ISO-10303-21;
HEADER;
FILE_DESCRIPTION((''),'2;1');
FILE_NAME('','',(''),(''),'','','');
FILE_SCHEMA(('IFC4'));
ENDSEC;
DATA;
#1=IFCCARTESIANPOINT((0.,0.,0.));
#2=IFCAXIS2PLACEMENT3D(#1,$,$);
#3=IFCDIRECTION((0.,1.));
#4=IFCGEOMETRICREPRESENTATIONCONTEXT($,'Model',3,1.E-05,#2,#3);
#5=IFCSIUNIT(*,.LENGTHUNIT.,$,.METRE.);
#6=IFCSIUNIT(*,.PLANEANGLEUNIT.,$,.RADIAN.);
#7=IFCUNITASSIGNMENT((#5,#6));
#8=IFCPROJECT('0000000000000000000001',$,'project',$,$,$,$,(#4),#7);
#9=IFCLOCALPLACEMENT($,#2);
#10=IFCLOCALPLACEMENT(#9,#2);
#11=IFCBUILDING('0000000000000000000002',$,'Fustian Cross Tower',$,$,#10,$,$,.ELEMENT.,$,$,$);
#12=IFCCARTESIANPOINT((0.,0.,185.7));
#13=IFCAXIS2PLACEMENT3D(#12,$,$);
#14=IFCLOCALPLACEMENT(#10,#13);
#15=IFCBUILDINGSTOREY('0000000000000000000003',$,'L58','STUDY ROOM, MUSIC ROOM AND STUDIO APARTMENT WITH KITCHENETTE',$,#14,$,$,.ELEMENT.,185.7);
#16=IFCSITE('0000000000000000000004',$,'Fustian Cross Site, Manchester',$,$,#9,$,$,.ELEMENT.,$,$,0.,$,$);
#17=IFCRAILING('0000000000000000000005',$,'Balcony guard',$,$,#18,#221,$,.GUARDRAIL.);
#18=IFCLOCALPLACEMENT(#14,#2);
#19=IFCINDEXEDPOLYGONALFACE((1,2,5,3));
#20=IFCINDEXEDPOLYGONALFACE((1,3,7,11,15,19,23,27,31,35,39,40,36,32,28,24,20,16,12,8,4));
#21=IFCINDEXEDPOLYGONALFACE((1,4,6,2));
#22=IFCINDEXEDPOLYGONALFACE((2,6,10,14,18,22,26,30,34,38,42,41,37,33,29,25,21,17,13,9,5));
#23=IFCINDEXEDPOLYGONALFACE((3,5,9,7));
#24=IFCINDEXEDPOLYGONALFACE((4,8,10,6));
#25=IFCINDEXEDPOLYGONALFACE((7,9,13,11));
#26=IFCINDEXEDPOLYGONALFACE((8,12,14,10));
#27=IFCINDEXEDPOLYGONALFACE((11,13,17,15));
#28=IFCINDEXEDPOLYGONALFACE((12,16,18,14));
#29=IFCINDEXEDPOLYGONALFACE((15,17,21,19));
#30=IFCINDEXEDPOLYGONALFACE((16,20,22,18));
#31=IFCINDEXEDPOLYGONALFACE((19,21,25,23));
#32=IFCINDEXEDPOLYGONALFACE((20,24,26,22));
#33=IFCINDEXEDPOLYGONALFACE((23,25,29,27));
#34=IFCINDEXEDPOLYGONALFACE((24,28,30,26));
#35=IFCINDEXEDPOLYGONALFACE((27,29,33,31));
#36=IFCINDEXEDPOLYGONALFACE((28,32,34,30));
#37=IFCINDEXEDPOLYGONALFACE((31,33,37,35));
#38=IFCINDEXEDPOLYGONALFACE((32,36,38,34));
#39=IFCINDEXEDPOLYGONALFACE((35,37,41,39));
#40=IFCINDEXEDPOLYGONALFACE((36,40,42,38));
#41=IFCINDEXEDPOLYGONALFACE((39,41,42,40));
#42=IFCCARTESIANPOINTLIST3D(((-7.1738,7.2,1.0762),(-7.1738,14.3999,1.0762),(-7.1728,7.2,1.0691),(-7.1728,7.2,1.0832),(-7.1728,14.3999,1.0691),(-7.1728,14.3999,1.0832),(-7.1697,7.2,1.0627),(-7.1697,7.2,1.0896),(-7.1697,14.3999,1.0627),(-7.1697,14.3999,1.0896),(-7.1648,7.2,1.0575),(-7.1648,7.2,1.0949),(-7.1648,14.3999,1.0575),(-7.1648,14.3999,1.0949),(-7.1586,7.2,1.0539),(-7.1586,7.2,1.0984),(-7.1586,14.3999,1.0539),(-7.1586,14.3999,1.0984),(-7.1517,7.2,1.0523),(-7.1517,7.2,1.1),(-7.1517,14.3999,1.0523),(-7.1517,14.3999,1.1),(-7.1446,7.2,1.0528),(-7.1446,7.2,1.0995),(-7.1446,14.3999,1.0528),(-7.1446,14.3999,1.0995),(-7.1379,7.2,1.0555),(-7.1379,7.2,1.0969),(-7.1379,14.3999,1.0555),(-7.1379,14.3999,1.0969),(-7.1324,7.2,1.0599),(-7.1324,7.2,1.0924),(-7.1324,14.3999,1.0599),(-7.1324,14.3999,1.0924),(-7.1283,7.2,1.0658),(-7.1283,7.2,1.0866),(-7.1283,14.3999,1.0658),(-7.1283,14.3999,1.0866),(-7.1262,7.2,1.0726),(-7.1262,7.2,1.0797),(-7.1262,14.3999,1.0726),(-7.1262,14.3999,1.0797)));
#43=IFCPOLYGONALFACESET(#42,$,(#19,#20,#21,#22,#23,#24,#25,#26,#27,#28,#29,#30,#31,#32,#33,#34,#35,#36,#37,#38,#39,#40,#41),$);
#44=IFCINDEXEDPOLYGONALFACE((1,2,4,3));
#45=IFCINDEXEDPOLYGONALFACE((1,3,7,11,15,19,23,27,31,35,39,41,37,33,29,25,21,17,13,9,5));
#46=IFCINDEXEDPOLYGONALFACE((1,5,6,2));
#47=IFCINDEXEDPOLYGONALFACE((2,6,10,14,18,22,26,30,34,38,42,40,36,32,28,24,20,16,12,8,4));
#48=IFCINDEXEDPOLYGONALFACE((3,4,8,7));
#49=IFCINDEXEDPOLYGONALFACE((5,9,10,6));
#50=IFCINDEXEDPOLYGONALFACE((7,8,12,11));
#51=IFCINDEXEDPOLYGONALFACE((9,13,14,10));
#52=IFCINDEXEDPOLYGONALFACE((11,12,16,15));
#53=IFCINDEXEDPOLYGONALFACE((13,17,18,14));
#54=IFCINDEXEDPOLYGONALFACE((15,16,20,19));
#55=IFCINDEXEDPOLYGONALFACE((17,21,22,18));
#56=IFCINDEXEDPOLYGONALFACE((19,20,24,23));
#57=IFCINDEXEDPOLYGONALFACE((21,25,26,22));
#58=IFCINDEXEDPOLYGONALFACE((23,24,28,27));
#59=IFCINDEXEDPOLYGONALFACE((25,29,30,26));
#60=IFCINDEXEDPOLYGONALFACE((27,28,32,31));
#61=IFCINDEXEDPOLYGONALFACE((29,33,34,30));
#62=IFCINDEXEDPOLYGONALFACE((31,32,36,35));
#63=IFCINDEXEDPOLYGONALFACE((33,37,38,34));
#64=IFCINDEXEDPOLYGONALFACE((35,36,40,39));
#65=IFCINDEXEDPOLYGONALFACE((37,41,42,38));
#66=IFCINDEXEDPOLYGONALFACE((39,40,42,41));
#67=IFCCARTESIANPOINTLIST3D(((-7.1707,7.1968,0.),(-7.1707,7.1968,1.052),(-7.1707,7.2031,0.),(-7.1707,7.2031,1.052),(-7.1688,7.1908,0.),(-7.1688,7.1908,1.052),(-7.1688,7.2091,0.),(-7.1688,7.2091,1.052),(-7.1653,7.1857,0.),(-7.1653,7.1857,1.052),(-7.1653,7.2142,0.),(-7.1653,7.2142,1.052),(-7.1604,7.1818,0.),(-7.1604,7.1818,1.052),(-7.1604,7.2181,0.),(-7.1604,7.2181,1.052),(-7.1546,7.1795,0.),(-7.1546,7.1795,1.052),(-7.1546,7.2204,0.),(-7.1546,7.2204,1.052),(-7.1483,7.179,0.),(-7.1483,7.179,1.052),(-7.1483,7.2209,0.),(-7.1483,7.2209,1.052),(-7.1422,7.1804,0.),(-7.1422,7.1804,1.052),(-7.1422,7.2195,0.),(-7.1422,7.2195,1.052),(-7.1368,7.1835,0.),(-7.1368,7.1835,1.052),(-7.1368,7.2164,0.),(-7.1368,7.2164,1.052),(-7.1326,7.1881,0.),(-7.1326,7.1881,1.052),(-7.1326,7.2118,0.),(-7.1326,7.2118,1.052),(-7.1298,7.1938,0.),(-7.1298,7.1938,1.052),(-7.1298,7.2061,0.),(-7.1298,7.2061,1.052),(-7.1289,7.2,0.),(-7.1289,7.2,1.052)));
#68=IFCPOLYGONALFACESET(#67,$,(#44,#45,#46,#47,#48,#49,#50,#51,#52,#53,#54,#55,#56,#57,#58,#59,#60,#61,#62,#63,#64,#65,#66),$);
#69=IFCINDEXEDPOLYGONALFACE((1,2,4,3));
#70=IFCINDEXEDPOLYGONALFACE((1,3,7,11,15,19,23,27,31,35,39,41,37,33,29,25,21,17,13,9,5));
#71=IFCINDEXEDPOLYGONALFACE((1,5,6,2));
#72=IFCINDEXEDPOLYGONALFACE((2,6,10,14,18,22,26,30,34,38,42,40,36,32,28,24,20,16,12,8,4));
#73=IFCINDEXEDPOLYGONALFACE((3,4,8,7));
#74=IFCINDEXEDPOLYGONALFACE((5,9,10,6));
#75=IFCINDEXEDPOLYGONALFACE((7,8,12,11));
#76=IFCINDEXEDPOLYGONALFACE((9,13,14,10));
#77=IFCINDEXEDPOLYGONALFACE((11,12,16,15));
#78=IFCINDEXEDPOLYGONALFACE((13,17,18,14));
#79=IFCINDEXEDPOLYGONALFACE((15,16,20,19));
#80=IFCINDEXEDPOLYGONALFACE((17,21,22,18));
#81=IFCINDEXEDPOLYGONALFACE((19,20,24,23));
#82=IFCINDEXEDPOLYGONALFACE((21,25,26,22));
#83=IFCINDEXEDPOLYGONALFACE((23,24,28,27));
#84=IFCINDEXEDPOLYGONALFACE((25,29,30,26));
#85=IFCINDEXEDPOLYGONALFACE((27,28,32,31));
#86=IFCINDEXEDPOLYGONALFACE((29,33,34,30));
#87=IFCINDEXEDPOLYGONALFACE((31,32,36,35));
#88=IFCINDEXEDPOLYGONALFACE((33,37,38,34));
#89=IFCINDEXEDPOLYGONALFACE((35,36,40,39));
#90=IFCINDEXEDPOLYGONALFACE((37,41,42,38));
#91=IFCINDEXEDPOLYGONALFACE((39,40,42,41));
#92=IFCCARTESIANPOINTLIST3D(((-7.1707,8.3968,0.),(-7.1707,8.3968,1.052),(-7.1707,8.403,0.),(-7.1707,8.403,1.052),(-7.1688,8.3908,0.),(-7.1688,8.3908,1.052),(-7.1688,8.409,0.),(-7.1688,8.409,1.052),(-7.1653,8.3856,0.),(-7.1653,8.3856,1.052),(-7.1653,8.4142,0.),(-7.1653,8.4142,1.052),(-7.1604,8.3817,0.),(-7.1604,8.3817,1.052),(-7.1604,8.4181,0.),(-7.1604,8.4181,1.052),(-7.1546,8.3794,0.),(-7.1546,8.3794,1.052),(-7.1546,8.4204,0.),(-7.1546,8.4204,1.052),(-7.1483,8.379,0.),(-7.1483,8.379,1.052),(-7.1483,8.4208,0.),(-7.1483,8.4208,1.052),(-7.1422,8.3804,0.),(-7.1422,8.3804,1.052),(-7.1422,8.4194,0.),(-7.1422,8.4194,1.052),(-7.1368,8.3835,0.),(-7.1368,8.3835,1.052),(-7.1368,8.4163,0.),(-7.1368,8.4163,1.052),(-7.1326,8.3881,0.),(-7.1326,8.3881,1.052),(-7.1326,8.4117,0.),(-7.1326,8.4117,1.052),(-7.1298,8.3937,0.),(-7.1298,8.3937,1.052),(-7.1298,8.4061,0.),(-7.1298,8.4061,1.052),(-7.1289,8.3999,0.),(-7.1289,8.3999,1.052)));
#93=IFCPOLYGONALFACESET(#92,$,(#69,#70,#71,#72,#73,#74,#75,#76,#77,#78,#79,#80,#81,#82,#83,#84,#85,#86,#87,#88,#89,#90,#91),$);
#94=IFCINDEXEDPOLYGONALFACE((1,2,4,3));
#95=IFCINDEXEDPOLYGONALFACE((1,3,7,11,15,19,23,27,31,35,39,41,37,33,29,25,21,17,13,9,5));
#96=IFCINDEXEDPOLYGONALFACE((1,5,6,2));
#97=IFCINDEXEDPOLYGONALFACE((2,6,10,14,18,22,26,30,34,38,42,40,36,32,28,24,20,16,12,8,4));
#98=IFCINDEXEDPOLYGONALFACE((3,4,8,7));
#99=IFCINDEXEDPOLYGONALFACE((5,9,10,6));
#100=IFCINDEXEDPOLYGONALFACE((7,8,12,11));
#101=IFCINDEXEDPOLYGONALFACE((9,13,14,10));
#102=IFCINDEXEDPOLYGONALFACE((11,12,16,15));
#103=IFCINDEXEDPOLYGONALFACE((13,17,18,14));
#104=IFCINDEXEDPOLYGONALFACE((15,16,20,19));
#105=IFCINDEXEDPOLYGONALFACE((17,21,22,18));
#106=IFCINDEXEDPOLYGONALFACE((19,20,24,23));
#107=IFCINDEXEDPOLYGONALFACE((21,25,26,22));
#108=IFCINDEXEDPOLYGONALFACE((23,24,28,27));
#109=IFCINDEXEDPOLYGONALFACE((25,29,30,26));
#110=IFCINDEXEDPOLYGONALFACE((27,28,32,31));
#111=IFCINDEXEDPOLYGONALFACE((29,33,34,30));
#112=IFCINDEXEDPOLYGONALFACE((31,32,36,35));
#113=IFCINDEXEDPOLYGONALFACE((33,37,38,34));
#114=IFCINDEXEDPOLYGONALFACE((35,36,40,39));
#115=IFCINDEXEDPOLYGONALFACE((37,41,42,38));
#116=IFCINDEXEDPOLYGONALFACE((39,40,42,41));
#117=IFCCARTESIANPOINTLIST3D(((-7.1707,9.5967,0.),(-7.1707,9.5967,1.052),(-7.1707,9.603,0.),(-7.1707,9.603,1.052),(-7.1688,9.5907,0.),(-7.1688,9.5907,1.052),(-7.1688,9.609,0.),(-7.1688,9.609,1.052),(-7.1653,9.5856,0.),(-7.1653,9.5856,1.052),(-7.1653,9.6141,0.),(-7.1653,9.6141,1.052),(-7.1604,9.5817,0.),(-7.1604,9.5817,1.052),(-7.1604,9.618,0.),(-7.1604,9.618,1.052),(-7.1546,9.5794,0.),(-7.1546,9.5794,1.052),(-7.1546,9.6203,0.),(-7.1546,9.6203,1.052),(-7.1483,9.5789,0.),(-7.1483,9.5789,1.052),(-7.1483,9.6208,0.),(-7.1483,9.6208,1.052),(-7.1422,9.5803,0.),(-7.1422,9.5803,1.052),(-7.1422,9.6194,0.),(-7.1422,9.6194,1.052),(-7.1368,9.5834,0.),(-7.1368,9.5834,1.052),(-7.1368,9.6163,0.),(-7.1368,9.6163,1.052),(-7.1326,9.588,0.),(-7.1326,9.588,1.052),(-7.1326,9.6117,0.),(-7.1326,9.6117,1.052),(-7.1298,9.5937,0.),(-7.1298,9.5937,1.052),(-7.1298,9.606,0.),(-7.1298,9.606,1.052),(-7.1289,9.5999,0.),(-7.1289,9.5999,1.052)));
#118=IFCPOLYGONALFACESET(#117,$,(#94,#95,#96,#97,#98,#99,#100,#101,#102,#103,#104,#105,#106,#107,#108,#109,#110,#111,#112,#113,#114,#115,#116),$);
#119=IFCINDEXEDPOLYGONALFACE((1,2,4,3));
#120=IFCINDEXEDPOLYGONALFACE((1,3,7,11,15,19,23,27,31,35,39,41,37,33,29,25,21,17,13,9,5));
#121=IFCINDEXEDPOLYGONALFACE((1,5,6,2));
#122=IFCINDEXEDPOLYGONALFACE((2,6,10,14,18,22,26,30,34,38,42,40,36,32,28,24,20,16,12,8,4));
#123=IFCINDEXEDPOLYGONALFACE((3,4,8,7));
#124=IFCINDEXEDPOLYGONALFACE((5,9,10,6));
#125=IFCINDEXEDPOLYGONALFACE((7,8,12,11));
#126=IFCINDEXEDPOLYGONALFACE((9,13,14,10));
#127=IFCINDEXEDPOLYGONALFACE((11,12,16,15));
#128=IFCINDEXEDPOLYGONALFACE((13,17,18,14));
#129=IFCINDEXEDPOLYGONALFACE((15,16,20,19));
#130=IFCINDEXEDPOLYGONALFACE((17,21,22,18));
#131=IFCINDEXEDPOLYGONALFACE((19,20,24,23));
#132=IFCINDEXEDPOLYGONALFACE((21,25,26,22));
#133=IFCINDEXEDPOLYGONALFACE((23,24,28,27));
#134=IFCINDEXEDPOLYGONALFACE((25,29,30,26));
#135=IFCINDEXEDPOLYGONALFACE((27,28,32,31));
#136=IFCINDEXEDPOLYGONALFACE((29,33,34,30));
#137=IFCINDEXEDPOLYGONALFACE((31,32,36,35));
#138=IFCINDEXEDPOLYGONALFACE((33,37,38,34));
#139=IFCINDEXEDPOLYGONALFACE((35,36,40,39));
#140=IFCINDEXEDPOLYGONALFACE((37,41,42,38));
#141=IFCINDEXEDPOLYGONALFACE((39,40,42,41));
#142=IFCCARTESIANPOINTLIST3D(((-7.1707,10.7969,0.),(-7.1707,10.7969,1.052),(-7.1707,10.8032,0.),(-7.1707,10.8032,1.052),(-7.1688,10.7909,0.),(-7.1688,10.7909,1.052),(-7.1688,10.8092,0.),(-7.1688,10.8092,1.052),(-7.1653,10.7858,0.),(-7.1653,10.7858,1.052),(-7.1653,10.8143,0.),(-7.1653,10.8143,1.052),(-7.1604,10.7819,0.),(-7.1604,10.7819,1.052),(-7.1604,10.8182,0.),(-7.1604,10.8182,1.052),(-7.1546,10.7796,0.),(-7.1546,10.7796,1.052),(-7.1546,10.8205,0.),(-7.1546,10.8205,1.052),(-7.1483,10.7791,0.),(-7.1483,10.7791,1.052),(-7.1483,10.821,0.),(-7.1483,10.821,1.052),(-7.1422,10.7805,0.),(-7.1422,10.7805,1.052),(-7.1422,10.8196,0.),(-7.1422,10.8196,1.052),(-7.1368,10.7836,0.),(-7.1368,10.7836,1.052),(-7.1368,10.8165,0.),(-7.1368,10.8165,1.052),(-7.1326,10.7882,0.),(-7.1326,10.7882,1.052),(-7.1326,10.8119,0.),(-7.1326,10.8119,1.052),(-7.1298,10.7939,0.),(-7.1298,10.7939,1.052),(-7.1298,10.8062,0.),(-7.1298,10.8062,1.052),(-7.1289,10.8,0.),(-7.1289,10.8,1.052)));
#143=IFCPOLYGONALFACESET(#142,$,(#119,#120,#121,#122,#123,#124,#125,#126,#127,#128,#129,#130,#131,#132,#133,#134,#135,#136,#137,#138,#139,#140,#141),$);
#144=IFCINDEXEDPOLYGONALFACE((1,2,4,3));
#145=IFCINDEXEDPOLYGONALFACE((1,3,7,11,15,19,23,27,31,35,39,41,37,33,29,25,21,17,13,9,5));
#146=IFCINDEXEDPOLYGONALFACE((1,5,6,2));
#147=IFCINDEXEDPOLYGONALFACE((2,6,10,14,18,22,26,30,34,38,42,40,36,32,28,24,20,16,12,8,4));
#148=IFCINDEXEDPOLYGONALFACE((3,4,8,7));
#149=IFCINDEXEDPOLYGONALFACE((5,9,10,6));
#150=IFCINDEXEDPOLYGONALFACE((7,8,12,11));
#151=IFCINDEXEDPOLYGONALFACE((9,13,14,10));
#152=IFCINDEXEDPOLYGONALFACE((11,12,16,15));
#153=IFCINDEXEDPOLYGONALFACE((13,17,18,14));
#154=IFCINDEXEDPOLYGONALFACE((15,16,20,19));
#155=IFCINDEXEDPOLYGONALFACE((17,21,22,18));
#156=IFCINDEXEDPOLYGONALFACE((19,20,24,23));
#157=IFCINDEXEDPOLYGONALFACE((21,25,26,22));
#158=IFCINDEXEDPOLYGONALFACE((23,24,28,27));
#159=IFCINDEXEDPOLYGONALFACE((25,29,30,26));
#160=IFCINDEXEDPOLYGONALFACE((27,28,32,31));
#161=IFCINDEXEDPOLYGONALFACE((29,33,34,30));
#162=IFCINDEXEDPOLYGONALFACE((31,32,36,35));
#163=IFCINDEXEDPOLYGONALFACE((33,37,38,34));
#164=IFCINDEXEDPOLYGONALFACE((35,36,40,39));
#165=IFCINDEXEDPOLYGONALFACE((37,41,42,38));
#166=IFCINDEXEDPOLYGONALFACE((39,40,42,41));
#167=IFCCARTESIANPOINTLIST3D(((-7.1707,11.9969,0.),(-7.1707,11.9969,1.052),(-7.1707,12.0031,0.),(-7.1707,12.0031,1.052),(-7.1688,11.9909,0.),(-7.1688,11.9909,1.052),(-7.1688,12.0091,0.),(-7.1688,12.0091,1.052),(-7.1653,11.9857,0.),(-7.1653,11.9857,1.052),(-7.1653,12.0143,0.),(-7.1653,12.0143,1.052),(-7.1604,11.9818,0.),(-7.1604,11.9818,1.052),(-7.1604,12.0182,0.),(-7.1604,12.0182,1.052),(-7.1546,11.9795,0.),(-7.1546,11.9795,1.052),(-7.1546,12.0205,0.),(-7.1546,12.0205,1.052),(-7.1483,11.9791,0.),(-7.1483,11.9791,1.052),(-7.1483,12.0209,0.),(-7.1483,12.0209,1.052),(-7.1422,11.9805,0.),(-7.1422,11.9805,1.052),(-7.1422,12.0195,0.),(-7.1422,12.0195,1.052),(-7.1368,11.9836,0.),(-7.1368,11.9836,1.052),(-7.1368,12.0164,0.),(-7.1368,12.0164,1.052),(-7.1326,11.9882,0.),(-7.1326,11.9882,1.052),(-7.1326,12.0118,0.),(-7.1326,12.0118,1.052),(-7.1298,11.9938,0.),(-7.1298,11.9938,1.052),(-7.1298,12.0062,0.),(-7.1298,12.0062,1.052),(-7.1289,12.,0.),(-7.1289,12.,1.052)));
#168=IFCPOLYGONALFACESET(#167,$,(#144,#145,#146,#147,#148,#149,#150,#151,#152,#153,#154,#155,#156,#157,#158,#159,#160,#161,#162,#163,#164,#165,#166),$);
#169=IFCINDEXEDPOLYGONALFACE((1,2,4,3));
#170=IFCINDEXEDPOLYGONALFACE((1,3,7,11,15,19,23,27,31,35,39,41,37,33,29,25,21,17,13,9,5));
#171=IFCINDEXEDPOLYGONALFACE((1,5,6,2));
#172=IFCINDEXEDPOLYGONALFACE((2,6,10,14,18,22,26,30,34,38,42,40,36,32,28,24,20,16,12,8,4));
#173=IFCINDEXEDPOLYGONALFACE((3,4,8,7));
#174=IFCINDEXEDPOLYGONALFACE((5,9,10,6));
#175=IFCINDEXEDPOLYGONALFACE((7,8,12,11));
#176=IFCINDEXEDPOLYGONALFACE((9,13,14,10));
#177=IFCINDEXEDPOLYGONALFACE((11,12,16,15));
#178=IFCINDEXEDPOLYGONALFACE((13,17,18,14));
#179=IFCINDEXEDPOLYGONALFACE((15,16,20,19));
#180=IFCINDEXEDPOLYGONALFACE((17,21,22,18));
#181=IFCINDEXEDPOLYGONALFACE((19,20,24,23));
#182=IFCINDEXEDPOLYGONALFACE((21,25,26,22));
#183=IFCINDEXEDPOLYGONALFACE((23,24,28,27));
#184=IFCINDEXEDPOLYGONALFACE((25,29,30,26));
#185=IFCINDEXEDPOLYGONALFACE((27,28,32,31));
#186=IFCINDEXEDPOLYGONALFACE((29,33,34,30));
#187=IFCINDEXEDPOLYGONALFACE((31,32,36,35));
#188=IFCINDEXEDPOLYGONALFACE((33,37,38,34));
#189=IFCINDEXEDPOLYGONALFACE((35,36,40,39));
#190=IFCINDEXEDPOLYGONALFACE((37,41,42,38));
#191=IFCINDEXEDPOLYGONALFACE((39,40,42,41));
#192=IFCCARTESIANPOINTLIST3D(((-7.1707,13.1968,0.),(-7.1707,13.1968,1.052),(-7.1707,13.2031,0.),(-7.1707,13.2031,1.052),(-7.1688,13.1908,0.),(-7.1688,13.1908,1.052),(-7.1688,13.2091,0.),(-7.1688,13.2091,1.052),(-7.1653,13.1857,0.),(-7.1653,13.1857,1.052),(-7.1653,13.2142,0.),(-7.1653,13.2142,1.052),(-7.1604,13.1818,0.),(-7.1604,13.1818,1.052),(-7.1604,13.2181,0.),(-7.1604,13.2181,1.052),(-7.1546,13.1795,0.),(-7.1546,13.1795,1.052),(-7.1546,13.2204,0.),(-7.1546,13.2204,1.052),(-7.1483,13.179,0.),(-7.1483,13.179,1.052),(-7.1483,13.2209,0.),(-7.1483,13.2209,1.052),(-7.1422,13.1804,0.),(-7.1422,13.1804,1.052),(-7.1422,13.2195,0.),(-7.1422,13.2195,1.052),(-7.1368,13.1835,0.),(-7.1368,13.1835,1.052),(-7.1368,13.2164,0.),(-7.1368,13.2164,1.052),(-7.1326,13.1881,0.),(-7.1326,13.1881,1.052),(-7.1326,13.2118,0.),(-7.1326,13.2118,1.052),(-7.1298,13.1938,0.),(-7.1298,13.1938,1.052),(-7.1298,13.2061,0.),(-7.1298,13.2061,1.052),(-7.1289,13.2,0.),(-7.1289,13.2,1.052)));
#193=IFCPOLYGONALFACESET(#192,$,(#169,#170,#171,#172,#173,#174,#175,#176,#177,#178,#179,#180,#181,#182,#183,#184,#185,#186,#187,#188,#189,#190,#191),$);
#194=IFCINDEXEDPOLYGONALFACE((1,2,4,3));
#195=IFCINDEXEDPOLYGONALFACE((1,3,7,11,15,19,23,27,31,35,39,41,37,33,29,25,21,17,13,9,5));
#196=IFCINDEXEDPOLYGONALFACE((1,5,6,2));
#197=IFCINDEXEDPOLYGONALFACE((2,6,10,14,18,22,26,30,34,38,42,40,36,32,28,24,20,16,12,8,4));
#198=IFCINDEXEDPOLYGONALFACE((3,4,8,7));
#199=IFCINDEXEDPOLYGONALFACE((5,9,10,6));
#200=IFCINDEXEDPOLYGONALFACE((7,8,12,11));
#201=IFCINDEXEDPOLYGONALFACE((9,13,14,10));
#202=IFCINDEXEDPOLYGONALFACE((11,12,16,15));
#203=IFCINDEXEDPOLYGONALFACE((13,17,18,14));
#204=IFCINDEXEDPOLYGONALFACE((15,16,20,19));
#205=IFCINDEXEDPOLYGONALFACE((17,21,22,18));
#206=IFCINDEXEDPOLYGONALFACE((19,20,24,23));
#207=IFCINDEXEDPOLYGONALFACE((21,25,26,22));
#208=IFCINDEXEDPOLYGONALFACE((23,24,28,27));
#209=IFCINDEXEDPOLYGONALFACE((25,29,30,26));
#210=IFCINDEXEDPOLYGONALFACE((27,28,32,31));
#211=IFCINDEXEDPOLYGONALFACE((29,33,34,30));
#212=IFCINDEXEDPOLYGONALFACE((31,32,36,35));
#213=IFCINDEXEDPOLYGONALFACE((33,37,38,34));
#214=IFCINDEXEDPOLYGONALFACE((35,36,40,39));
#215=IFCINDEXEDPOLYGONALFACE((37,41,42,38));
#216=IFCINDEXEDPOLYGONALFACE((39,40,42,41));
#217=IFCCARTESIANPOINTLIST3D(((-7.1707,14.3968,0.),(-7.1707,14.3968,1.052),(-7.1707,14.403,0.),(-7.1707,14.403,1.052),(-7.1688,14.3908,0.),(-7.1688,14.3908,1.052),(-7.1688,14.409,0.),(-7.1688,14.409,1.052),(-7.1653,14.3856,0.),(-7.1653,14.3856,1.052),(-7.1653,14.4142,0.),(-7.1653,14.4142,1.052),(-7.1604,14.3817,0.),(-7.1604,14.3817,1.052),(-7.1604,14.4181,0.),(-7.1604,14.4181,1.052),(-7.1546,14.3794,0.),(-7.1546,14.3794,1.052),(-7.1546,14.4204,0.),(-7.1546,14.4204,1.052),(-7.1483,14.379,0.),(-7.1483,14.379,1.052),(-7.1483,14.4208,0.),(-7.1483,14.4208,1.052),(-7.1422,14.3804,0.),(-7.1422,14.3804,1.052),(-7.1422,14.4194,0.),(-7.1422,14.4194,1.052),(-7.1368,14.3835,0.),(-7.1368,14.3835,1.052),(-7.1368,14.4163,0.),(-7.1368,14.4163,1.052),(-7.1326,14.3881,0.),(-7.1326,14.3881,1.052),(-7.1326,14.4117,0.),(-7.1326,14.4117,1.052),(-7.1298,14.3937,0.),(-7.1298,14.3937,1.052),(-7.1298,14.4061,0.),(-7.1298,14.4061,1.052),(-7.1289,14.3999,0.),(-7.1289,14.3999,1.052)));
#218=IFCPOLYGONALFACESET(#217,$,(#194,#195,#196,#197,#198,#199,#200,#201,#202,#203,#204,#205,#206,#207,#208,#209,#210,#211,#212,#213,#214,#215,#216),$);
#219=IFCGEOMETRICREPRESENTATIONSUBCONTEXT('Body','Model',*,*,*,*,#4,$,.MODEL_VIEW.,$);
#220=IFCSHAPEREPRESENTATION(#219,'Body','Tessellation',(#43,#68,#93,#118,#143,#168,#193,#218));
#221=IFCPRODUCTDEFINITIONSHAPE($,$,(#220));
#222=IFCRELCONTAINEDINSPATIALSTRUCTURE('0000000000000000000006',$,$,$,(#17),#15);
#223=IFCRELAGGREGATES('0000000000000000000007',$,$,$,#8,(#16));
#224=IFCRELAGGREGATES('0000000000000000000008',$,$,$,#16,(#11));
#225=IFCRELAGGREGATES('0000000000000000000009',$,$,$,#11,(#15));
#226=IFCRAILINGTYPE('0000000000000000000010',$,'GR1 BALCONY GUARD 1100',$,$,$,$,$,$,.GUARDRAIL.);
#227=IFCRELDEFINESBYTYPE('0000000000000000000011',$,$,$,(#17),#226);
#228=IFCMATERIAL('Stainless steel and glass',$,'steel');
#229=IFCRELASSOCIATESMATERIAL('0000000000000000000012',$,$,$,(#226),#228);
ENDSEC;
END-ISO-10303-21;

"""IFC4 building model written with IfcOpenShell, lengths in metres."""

from ifc_helpers import new_model, si_unit, direction, frame, origin, origin_2d, place, context, subcontext, project, spatial, circle, extrude, material, type_object, element, save


model = new_model("IFC4")

# Units and contexts
model_context = context("Model", 3, precision=1e-05, world=origin(), true_north=direction((0.0, 1.0)))
body_context = subcontext(model_context, "Body", "Model", "MODEL_VIEW")
ifc_project = project(units=[si_unit("LENGTHUNIT", "METRE"), si_unit("PLANEANGLEUNIT", "RADIAN")], contexts=[model_context])

# Site, building, storey
site_placement = place(None, origin())
site = spatial("IfcSite", under=ifc_project, at=site_placement, Name="Fustian Cross Site, Manchester", CompositionType="ELEMENT", RefElevation=0.0)
building_placement = place(site_placement, origin())
building = spatial("IfcBuilding", under=site, at=building_placement, Name="Fustian Cross Tower", CompositionType="ELEMENT")
storey_placement = place(building_placement, frame((0.0, 0.0, 185.7)))
storey = spatial("IfcBuildingStorey", under=building, at=storey_placement, Name="L58", Description="STUDY ROOM, MUSIC ROOM AND STUDIO APARTMENT WITH KITCHENETTE", CompositionType="ELEMENT", Elevation=185.7)

# Railing
ifc_material_1 = material(Name="Stainless steel and glass", Category="steel")
railing_type = type_object("IfcRailingType", Name="GR1 BALCONY GUARD 1100", PredefinedType="GUARDRAIL", material=ifc_material_1)
railing_placement = place(storey_placement, frame((-7.1499, 7.2, 0.0)))
element("IfcRailing", 1, at=railing_placement, inside=storey, type_object=railing_type, Name="Balcony guard", PredefinedType="GUARDRAIL", context=body_context, shape_type="SweptSolid", body=[
    extrude(circle(Radius=0.0239, at=origin_2d()), frame((0.0, 0.0, 1.0762), z_axis=(0.0, 1.0, 0.0), x_axis=(-1.0, 0.0, 0.0)), (0.0, 0.0, 1.0), 7.2),
    extrude(circle(Radius=0.021, at=origin_2d()), origin(), (0.0, 0.0, 1.0), 1.052),
    extrude(circle(Radius=0.021, at=origin_2d()), frame((0.0, 1.2, 0.0)), (0.0, 0.0, 1.0), 1.052),
    extrude(circle(Radius=0.021, at=origin_2d()), frame((0.0, 2.3999, 0.0)), (0.0, 0.0, 1.0), 1.052),
    extrude(circle(Radius=0.021, at=origin_2d()), frame((0.0, 3.6001, 0.0)), (0.0, 0.0, 1.0), 1.052),
    extrude(circle(Radius=0.021, at=origin_2d()), frame((0.0, 4.8, 0.0)), (0.0, 0.0, 1.0), 1.052),
    extrude(circle(Radius=0.021, at=origin_2d()), frame((0.0, 6.0, 0.0)), (0.0, 0.0, 1.0), 1.052),
    extrude(circle(Radius=0.021, at=origin_2d()), frame((0.0, 7.2, 0.0)), (0.0, 0.0, 1.0), 1.052),
])

save(model, "model.ifc")
